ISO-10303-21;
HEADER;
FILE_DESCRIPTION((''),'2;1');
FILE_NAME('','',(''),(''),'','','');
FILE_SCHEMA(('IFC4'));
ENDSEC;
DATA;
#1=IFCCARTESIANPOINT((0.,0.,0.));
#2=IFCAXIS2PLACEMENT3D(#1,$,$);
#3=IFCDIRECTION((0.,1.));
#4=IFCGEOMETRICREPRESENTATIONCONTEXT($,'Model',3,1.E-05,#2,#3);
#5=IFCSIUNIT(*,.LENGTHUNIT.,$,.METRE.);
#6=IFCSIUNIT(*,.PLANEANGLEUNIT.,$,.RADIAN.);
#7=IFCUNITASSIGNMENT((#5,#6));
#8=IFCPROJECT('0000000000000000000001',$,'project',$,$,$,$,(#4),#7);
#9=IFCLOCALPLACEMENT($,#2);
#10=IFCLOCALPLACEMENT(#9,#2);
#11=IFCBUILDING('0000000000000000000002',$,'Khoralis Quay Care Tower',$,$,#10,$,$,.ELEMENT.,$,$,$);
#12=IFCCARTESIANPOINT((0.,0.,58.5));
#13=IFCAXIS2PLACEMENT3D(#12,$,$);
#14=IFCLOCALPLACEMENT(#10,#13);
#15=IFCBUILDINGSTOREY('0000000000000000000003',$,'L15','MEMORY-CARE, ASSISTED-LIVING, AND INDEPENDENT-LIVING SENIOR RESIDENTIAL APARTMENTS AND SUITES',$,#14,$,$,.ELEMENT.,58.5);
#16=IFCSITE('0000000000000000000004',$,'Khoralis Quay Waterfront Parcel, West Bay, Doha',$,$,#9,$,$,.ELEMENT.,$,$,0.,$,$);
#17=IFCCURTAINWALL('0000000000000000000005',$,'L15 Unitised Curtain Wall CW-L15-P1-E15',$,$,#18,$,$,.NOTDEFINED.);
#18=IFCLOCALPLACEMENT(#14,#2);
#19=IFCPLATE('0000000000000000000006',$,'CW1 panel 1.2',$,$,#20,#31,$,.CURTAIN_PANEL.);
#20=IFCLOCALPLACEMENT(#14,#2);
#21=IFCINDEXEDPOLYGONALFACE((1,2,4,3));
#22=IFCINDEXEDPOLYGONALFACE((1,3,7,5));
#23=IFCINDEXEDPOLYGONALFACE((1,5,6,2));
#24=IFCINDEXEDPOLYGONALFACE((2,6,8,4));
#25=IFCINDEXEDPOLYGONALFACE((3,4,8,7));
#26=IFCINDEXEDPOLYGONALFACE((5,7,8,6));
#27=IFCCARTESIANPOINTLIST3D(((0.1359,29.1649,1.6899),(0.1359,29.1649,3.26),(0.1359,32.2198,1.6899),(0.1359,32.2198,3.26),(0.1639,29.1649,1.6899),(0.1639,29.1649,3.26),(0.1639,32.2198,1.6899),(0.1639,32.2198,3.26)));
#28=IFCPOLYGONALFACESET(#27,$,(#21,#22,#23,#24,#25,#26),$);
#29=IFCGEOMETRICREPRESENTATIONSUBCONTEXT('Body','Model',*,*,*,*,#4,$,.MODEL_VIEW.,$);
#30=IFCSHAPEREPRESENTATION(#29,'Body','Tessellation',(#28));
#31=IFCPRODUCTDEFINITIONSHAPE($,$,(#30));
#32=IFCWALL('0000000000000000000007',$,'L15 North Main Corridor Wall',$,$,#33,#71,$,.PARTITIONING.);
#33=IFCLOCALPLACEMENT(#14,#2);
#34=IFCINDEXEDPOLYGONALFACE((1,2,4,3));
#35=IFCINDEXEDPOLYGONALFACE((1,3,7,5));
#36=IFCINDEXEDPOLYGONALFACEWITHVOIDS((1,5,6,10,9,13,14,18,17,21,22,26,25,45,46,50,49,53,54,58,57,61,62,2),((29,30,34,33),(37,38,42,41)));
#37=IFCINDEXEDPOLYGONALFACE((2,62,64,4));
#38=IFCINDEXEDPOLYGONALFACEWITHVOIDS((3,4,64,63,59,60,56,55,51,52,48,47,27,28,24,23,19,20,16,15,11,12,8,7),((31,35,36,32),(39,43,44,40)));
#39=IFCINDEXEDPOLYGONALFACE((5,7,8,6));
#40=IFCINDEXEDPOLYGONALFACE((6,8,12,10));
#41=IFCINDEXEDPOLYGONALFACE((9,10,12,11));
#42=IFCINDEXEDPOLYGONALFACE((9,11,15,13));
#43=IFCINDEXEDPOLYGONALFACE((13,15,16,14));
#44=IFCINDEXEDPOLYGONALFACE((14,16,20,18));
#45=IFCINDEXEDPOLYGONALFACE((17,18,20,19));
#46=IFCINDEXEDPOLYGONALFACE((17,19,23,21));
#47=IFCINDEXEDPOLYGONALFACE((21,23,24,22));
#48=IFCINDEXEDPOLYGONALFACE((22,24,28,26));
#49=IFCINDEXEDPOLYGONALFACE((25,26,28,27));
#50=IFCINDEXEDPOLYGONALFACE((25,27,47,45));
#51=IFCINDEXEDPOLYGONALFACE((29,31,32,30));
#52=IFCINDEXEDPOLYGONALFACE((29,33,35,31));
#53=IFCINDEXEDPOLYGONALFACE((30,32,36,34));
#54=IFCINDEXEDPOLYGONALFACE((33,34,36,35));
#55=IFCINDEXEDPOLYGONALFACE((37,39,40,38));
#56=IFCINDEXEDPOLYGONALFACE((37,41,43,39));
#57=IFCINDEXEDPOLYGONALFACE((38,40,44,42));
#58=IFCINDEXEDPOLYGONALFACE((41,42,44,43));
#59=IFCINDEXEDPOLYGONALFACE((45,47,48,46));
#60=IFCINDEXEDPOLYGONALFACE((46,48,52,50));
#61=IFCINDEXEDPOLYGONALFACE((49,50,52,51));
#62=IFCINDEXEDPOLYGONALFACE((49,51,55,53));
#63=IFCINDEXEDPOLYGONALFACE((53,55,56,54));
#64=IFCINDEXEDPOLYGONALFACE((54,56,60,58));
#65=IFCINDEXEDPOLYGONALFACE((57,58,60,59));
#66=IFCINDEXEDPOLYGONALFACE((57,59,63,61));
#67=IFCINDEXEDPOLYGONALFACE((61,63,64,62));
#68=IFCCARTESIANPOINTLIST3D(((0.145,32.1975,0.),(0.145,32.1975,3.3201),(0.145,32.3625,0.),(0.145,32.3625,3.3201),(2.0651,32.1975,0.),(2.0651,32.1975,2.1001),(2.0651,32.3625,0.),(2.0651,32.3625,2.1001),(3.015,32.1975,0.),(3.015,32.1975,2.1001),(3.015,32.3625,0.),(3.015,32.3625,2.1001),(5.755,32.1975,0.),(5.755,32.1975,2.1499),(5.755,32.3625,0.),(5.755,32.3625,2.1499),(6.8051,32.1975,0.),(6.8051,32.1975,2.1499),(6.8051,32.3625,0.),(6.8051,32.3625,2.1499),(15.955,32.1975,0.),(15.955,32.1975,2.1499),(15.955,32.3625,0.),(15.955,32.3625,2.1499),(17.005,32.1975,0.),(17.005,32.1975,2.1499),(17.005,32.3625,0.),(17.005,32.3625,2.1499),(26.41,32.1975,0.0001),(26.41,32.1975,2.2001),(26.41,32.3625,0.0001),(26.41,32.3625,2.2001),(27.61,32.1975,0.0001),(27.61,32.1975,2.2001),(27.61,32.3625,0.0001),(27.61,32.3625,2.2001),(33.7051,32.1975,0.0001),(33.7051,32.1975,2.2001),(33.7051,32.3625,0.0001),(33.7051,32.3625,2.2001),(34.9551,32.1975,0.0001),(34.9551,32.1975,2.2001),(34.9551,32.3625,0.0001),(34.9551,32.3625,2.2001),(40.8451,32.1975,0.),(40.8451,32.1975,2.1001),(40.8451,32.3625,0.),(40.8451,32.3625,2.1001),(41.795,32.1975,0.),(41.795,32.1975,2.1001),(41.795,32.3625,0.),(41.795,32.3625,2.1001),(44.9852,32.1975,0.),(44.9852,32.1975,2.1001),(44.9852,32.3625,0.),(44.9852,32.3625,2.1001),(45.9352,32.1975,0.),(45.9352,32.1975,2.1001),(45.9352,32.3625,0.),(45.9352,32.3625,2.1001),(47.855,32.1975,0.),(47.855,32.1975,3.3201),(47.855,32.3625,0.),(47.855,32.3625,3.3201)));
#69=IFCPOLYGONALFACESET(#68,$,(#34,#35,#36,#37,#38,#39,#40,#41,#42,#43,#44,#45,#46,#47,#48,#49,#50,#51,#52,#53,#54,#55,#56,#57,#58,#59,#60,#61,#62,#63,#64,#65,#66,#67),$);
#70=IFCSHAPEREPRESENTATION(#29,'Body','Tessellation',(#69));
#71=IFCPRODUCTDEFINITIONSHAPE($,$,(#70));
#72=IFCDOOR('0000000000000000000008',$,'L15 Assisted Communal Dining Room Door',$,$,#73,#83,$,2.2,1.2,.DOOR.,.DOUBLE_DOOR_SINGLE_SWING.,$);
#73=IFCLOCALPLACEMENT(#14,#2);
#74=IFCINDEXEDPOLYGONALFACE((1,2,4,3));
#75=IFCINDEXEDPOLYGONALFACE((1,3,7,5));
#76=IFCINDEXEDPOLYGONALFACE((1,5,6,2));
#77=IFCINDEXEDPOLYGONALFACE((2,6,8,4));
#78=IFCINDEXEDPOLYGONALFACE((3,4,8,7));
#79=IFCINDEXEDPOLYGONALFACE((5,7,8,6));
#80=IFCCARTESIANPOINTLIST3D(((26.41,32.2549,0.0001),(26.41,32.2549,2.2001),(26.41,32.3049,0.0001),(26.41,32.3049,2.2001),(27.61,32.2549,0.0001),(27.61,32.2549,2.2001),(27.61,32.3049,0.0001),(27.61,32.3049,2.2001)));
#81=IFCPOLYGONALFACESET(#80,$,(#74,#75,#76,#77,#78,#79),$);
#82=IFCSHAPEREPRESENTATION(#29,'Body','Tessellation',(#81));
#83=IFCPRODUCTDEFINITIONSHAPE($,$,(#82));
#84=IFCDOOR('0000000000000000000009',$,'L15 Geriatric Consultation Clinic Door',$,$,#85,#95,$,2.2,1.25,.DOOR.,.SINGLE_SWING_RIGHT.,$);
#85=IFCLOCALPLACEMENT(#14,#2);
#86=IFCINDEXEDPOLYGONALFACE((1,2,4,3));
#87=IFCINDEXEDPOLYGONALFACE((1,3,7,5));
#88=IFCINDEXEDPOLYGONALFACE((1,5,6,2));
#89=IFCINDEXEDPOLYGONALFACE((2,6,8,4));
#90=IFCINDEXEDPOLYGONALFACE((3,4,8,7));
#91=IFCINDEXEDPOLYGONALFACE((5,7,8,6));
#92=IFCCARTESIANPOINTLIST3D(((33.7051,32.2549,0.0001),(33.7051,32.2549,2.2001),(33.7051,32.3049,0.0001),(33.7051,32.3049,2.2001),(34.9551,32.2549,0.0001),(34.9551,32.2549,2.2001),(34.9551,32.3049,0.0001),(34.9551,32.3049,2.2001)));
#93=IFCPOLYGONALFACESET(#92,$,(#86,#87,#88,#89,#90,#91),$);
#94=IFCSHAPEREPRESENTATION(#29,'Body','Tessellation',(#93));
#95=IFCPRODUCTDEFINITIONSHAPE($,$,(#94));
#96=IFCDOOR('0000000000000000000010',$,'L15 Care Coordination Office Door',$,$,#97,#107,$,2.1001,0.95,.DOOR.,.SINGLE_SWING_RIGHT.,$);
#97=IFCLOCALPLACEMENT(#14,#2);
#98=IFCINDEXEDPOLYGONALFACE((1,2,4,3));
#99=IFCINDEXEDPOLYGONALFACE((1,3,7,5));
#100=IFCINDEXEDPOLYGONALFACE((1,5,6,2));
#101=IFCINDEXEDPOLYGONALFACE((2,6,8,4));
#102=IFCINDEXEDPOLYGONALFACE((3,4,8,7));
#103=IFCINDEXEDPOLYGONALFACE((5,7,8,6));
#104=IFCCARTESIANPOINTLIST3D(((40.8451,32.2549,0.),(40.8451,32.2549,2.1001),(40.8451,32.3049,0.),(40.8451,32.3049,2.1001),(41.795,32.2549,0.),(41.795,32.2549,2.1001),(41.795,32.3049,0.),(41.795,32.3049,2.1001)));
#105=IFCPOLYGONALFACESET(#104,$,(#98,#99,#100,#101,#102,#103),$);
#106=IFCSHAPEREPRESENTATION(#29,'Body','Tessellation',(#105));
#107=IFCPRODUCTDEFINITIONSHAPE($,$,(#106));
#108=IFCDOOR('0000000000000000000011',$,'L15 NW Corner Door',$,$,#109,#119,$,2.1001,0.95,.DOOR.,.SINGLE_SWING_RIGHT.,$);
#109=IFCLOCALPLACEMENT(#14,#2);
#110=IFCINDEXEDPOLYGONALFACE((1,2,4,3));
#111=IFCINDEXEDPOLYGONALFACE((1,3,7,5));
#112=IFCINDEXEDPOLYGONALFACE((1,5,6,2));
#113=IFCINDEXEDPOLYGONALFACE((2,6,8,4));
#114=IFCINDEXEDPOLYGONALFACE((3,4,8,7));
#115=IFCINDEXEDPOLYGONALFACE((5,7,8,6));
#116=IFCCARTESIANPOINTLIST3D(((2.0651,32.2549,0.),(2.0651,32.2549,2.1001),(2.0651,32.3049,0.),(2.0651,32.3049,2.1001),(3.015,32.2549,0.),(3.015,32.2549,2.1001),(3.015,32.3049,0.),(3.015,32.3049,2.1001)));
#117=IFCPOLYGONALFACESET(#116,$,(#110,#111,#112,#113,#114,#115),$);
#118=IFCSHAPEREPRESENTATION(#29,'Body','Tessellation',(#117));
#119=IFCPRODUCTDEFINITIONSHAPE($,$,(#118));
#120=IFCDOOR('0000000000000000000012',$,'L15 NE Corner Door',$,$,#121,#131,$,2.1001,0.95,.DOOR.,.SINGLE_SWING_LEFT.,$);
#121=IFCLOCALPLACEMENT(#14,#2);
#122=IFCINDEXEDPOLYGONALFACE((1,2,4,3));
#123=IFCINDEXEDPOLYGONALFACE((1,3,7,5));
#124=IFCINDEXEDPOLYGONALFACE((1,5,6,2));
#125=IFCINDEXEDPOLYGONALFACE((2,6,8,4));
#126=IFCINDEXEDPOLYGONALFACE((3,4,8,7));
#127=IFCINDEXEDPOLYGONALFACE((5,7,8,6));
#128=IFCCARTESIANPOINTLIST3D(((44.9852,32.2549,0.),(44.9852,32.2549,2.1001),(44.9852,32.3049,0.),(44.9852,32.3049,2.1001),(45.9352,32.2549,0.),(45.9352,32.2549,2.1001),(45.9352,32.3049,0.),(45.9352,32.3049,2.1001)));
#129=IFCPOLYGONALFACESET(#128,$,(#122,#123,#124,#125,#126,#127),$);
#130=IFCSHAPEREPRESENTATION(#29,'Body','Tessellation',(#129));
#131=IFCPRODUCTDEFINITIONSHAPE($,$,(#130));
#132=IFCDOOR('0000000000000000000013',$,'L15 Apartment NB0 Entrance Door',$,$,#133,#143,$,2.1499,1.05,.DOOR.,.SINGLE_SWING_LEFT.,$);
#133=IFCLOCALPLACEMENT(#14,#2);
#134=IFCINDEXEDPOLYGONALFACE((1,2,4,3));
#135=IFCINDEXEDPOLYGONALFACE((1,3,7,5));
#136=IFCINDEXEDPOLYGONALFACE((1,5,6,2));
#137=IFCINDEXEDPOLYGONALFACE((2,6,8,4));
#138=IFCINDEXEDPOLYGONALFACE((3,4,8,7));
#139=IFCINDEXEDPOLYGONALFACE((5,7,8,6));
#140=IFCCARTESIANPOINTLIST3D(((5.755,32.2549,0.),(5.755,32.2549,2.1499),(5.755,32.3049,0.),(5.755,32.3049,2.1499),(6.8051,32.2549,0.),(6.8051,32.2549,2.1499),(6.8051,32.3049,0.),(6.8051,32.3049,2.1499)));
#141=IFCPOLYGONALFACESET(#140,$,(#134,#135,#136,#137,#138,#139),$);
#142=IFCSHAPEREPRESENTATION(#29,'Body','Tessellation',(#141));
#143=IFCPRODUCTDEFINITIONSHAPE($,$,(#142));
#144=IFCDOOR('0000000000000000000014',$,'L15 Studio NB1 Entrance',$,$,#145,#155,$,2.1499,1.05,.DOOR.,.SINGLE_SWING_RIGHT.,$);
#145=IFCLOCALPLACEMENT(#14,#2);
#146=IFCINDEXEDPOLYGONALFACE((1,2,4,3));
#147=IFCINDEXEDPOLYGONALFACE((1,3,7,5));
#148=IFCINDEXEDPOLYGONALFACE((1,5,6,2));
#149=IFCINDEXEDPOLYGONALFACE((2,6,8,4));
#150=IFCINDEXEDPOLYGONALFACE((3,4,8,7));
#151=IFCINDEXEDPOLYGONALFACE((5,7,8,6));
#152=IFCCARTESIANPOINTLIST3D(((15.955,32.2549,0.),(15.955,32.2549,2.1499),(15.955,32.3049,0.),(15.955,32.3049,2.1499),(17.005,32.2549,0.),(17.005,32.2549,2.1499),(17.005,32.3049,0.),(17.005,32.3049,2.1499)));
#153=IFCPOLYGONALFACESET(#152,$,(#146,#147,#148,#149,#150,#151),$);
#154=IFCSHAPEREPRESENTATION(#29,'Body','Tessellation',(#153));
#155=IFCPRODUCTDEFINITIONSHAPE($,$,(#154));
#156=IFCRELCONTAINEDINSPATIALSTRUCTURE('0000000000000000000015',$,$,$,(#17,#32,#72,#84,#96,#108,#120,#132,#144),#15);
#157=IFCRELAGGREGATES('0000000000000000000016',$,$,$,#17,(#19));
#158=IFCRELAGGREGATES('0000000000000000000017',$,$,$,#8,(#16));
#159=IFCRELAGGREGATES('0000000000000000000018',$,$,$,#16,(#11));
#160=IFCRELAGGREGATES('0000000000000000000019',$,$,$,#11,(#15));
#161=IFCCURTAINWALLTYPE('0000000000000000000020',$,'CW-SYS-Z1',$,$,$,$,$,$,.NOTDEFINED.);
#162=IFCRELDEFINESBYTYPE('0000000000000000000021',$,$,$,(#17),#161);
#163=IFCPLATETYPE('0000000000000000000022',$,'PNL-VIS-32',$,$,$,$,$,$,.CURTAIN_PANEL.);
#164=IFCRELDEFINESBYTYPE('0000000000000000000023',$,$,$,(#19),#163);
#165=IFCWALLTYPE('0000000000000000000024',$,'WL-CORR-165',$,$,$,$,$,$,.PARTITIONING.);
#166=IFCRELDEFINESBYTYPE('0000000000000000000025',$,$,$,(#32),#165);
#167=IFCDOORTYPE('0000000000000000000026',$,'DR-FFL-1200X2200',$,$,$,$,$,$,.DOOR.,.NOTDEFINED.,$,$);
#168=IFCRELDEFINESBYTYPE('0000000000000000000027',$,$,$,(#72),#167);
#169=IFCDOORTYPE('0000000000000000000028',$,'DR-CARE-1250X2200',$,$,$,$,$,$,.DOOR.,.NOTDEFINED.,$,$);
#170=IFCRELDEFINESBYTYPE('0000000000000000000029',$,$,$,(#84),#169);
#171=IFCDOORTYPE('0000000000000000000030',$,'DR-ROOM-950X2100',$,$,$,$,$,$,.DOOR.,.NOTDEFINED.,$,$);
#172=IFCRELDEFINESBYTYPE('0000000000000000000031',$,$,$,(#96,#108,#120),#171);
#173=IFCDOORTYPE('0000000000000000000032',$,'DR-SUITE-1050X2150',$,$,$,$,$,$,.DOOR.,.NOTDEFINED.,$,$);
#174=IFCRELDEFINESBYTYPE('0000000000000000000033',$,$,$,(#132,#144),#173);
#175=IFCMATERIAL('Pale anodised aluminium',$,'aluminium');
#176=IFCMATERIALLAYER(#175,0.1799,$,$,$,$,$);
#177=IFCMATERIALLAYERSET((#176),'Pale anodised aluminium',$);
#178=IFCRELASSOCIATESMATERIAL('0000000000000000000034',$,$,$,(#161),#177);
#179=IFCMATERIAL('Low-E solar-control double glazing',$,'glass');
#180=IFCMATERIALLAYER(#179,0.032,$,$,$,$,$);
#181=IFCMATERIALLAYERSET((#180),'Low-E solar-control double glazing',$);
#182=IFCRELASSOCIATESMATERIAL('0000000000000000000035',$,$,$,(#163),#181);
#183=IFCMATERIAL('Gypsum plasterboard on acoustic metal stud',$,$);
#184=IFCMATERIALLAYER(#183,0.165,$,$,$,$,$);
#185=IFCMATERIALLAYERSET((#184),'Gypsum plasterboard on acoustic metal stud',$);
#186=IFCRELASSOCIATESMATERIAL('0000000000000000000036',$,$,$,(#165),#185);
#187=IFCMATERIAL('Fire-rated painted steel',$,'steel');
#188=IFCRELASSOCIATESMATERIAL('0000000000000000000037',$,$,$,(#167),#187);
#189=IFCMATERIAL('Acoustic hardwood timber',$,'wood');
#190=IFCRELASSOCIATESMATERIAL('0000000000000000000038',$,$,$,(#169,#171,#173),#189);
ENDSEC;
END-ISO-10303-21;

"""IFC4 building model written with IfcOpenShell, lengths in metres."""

from ifc_helpers import new_model, si_unit, direction, frame, frame_2d, origin, origin_2d, place, context, subcontext, project, spatial, rectangle, extrude, source, transform, mapped, material, layer, layer_set, type_object, element, fill, aggregate, save


model = new_model("IFC4")

# Units and contexts
model_context = context("Model", 3, precision=1e-05, world=origin(), true_north=direction((0.0, 1.0)))
body_context = subcontext(model_context, "Body", "Model", "MODEL_VIEW")
ifc_project = project(units=[si_unit("LENGTHUNIT", "METRE"), si_unit("PLANEANGLEUNIT", "RADIAN")], contexts=[model_context])

# Site, building, storey
site_placement = place(None, origin())
site = spatial("IfcSite", under=ifc_project, at=site_placement, Name="Khoralis Quay Waterfront Parcel, West Bay, Doha", CompositionType="ELEMENT", RefElevation=0.0)
building_placement = place(site_placement, origin())
building = spatial("IfcBuilding", under=site, at=building_placement, Name="Khoralis Quay Care Tower", CompositionType="ELEMENT")
storey_placement = place(building_placement, frame((0.0, 0.0, 58.5)))
storey = spatial("IfcBuildingStorey", under=building, at=storey_placement, Name="L15", Description="MEMORY-CARE, ASSISTED-LIVING, AND INDEPENDENT-LIVING SENIOR RESIDENTIAL APARTMENTS AND SUITES", CompositionType="ELEMENT", Elevation=58.5)

# Curtain wall, plate
ifc_material_1 = material(Name="Pale anodised aluminium", Category="aluminium")
ifc_layer_1 = layer(ifc_material_1, 0.1799)
ifc_layer_set_1 = layer_set([ifc_layer_1], Name="Pale anodised aluminium")
curtain_wall_type = type_object("IfcCurtainWallType", Name="CW-SYS-Z1", PredefinedType="NOTDEFINED", material=ifc_layer_set_1)
curtain_wall_placement = place(storey_placement, origin())
curtain_wall = element("IfcCurtainWall", 1, at=curtain_wall_placement, inside=storey, type_object=curtain_wall_type, Name="L15 Unitised Curtain Wall CW-L15-P1-E15", PredefinedType="NOTDEFINED")
ifc_material_2 = material(Name="Low-E solar-control double glazing", Category="glass")
ifc_layer_2 = layer(ifc_material_2, 0.032)
ifc_layer_set_2 = layer_set([ifc_layer_2], Name="Low-E solar-control double glazing")
plate_type = type_object("IfcPlateType", Name="PNL-VIS-32", PredefinedType="CURTAIN_PANEL", material=ifc_layer_set_2)
shared_shape_1 = source(origin(), body_context, "Body", "SweptSolid", [
    extrude(rectangle(XDim=3.0549, YDim=0.0281, at=origin_2d()), origin(), (0.0, 0.0, 1.0), 1.5701),
])
plate_1_placement = place(storey_placement, frame((0.1499, 30.6924, 1.6899), z_axis=(0.0, 0.0, 1.0), x_axis=(0.0, -1.0, 0.0)))
plate_1 = element("IfcPlate", 2, at=plate_1_placement, type_object=plate_type, Name="CW1 panel 1.2", PredefinedType="CURTAIN_PANEL", context=body_context, shape_type="MappedRepresentation", body=[
    mapped(shared_shape_1, transform((0.0, 0.0, 0.0), scale=1.0)),
])
aggregate(curtain_wall, [plate_1])

# Wall, openings, doors
ifc_material_3 = material(Name="Gypsum plasterboard on acoustic metal stud")
ifc_layer_3 = layer(ifc_material_3, 0.165)
ifc_layer_set_3 = layer_set([ifc_layer_3], Name="Gypsum plasterboard on acoustic metal stud")
wall_type_1 = type_object("IfcWallType", Name="WL-CORR-165", PredefinedType="PARTITIONING", material=ifc_layer_set_3)
wall_1_placement = place(storey_placement, frame((0.145, 32.28, 0.0), z_axis=(0.0, 0.0, 1.0), x_axis=(1.0, 0.0, 0.0)))
wall_1 = element("IfcWall", 3, at=wall_1_placement, inside=storey, type_object=wall_type_1, Name="L15 North Main Corridor Wall", PredefinedType="PARTITIONING", context=body_context, shape_type="SweptSolid", body=[
    extrude(rectangle(XDim=47.71, YDim=0.165, at=frame_2d((23.855, 0.0))), origin(), (0.0, 0.0, 1.0), 3.3201),
])
opening_1_placement = place(wall_1_placement, frame((5.6101, 0.0, 0.0)))
opening_1 = element("IfcOpeningElement", 4, at=opening_1_placement, cuts=wall_1, PredefinedType="OPENING", context=body_context, shape_type="SweptSolid", body=[
    extrude(rectangle(XDim=1.05, YDim=2.1499, at=frame_2d((0.5249, 1.075))), frame((0.0, 0.0925, 0.0), z_axis=(0.0, -1.0, 0.0), x_axis=(1.0, 0.0, 0.0)), (0.0, 0.0, 1.0), 0.1851),
])
opening_2_placement = place(wall_1_placement, frame((15.8101, 0.0, 0.0)))
opening_2 = element("IfcOpeningElement", 5, at=opening_2_placement, cuts=wall_1, PredefinedType="OPENING", context=body_context, shape_type="SweptSolid", body=[
    extrude(rectangle(XDim=1.05, YDim=2.1499, at=frame_2d((0.5249, 1.075))), frame((0.0, 0.0925, 0.0), z_axis=(0.0, -1.0, 0.0), x_axis=(1.0, 0.0, 0.0)), (0.0, 0.0, 1.0), 0.1851),
])
opening_3_placement = place(wall_1_placement, frame((26.2649, 0.0, 0.0)))
opening_3 = element("IfcOpeningElement", 6, at=opening_3_placement, cuts=wall_1, PredefinedType="OPENING", context=body_context, shape_type="SweptSolid", body=[
    extrude(rectangle(XDim=1.2, YDim=2.2, at=frame_2d((0.6001, 1.1001))), frame((0.0, 0.0925, 0.0), z_axis=(0.0, -1.0, 0.0), x_axis=(1.0, 0.0, 0.0)), (0.0, 0.0, 1.0), 0.1851),
])
opening_4_placement = place(wall_1_placement, frame((33.5601, 0.0, 0.0)))
opening_4 = element("IfcOpeningElement", 7, at=opening_4_placement, cuts=wall_1, PredefinedType="OPENING", context=body_context, shape_type="SweptSolid", body=[
    extrude(rectangle(XDim=1.25, YDim=2.2, at=frame_2d((0.625, 1.1001))), frame((0.0, 0.0925, 0.0), z_axis=(0.0, -1.0, 0.0), x_axis=(1.0, 0.0, 0.0)), (0.0, 0.0, 1.0), 0.1851),
])
opening_5_placement = place(wall_1_placement, frame((40.7, 0.0, 0.0)))
opening_5 = element("IfcOpeningElement", 8, at=opening_5_placement, cuts=wall_1, PredefinedType="OPENING", context=body_context, shape_type="SweptSolid", body=[
    extrude(rectangle(XDim=0.95, YDim=2.1001, at=frame_2d((0.4751, 1.05))), frame((0.0, 0.0925, 0.0), z_axis=(0.0, -1.0, 0.0), x_axis=(1.0, 0.0, 0.0)), (0.0, 0.0, 1.0), 0.1851),
])
opening_6_placement = place(wall_1_placement, frame((1.9199, 0.0, 0.0)))
opening_6 = element("IfcOpeningElement", 9, at=opening_6_placement, cuts=wall_1, PredefinedType="OPENING", context=body_context, shape_type="SweptSolid", body=[
    extrude(rectangle(XDim=0.95, YDim=2.1001, at=frame_2d((0.4751, 1.05))), frame((0.0, 0.0925, 0.0), z_axis=(0.0, -1.0, 0.0), x_axis=(1.0, 0.0, 0.0)), (0.0, 0.0, 1.0), 0.1851),
])
opening_7_placement = place(wall_1_placement, frame((44.8401, 0.0, 0.0)))
opening_7 = element("IfcOpeningElement", 10, at=opening_7_placement, cuts=wall_1, PredefinedType="OPENING", context=body_context, shape_type="SweptSolid", body=[
    extrude(rectangle(XDim=0.95, YDim=2.1001, at=frame_2d((0.4751, 1.05))), frame((0.0, 0.0925, 0.0), z_axis=(0.0, -1.0, 0.0), x_axis=(1.0, 0.0, 0.0)), (0.0, 0.0, 1.0), 0.1851),
])
ifc_material_4 = material(Name="Fire-rated painted steel", Category="steel")
door_type_1 = type_object("IfcDoorType", Name="DR-FFL-1200X2200", OperationType="NOTDEFINED", PredefinedType="DOOR", material=ifc_material_4)
shared_shape_2 = source(origin(), body_context, "Body", "SweptSolid", [
    extrude(rectangle(XDim=1.2, YDim=2.2, at=frame_2d((0.6001, 1.1001))), frame((0.0, 0.0249, 0.0), z_axis=(0.0, -1.0, 0.0), x_axis=(1.0, 0.0, 0.0)), (0.0, 0.0, 1.0), 0.05),
])
door_1_placement = place(opening_3_placement, origin())
door_1 = element("IfcDoor", 11, at=door_1_placement, inside=storey, type_object=door_type_1, Name="L15 Assisted Communal Dining Room Door", OperationType="DOUBLE_DOOR_SINGLE_SWING", OverallHeight=2.2, OverallWidth=1.2, PredefinedType="DOOR", context=body_context, shape_type="MappedRepresentation", body=[
    mapped(shared_shape_2, transform((0.0, 0.0, 0.0), scale=1.0)),
])
fill(opening_3, door_1)
ifc_material_5 = material(Name="Acoustic hardwood timber", Category="wood")
door_type_2 = type_object("IfcDoorType", Name="DR-CARE-1250X2200", OperationType="NOTDEFINED", PredefinedType="DOOR", material=ifc_material_5)
shared_shape_3 = source(origin(), body_context, "Body", "SweptSolid", [
    extrude(rectangle(XDim=1.25, YDim=2.2, at=frame_2d((0.625, 1.1001))), frame((0.0, 0.0249, 0.0), z_axis=(0.0, -1.0, 0.0), x_axis=(1.0, 0.0, 0.0)), (0.0, 0.0, 1.0), 0.05),
])
door_2_placement = place(opening_4_placement, origin())
door_2 = element("IfcDoor", 12, at=door_2_placement, inside=storey, type_object=door_type_2, Name="L15 Geriatric Consultation Clinic Door", OperationType="SINGLE_SWING_RIGHT", OverallHeight=2.2, OverallWidth=1.25, PredefinedType="DOOR", context=body_context, shape_type="MappedRepresentation", body=[
    mapped(shared_shape_3, transform((0.0, 0.0, 0.0), scale=1.0)),
])
fill(opening_4, door_2)
door_type_3 = type_object("IfcDoorType", Name="DR-ROOM-950X2100", OperationType="NOTDEFINED", PredefinedType="DOOR", material=ifc_material_5)
shared_shape_4 = source(origin(), body_context, "Body", "SweptSolid", [
    extrude(rectangle(XDim=0.95, YDim=2.1001, at=frame_2d((0.4751, 1.05))), frame((0.0, 0.0249, 0.0), z_axis=(0.0, -1.0, 0.0), x_axis=(1.0, 0.0, 0.0)), (0.0, 0.0, 1.0), 0.05),
])
door_3_placement = place(opening_5_placement, origin())
door_3 = element("IfcDoor", 13, at=door_3_placement, inside=storey, type_object=door_type_3, Name="L15 Care Coordination Office Door", OperationType="SINGLE_SWING_RIGHT", OverallHeight=2.1001, OverallWidth=0.95, PredefinedType="DOOR", context=body_context, shape_type="MappedRepresentation", body=[
    mapped(shared_shape_4, transform((0.0, 0.0, 0.0), scale=1.0)),
])
fill(opening_5, door_3)
door_4_placement = place(opening_6_placement, origin())
door_4 = element("IfcDoor", 14, at=door_4_placement, inside=storey, type_object=door_type_3, Name="L15 NW Corner Door", OperationType="SINGLE_SWING_RIGHT", OverallHeight=2.1001, OverallWidth=0.95, PredefinedType="DOOR", context=body_context, shape_type="MappedRepresentation", body=[
    mapped(shared_shape_4, transform((0.0, 0.0, 0.0), scale=1.0)),
])
fill(opening_6, door_4)
door_5_placement = place(opening_7_placement, origin())
door_5 = element("IfcDoor", 15, at=door_5_placement, inside=storey, type_object=door_type_3, Name="L15 NE Corner Door", OperationType="SINGLE_SWING_LEFT", OverallHeight=2.1001, OverallWidth=0.95, PredefinedType="DOOR", context=body_context, shape_type="MappedRepresentation", body=[
    mapped(shared_shape_4, transform((0.0, 0.0, 0.0), scale=1.0)),
])
fill(opening_7, door_5)
door_type_4 = type_object("IfcDoorType", Name="DR-SUITE-1050X2150", OperationType="NOTDEFINED", PredefinedType="DOOR", material=ifc_material_5)
shared_shape_5 = source(origin(), body_context, "Body", "SweptSolid", [
    extrude(rectangle(XDim=1.05, YDim=2.1499, at=frame_2d((0.5249, 1.075))), frame((0.0, 0.0249, 0.0), z_axis=(0.0, -1.0, 0.0), x_axis=(1.0, 0.0, 0.0)), (0.0, 0.0, 1.0), 0.05),
])
door_6_placement = place(opening_1_placement, origin())
door_6 = element("IfcDoor", 16, at=door_6_placement, inside=storey, type_object=door_type_4, Name="L15 Apartment NB0 Entrance Door", OperationType="SINGLE_SWING_LEFT", OverallHeight=2.1499, OverallWidth=1.05, PredefinedType="DOOR", context=body_context, shape_type="MappedRepresentation", body=[
    mapped(shared_shape_5, transform((0.0, 0.0, 0.0), scale=1.0)),
])
fill(opening_1, door_6)
door_7_placement = place(opening_2_placement, origin())
door_7 = element("IfcDoor", 17, at=door_7_placement, inside=storey, type_object=door_type_4, Name="L15 Studio NB1 Entrance", OperationType="SINGLE_SWING_RIGHT", OverallHeight=2.1499, OverallWidth=1.05, PredefinedType="DOOR", context=body_context, shape_type="MappedRepresentation", body=[
    mapped(shared_shape_5, transform((0.0, 0.0, 0.0), scale=1.0)),
])
fill(opening_2, door_7)

save(model, "model.ifc")
